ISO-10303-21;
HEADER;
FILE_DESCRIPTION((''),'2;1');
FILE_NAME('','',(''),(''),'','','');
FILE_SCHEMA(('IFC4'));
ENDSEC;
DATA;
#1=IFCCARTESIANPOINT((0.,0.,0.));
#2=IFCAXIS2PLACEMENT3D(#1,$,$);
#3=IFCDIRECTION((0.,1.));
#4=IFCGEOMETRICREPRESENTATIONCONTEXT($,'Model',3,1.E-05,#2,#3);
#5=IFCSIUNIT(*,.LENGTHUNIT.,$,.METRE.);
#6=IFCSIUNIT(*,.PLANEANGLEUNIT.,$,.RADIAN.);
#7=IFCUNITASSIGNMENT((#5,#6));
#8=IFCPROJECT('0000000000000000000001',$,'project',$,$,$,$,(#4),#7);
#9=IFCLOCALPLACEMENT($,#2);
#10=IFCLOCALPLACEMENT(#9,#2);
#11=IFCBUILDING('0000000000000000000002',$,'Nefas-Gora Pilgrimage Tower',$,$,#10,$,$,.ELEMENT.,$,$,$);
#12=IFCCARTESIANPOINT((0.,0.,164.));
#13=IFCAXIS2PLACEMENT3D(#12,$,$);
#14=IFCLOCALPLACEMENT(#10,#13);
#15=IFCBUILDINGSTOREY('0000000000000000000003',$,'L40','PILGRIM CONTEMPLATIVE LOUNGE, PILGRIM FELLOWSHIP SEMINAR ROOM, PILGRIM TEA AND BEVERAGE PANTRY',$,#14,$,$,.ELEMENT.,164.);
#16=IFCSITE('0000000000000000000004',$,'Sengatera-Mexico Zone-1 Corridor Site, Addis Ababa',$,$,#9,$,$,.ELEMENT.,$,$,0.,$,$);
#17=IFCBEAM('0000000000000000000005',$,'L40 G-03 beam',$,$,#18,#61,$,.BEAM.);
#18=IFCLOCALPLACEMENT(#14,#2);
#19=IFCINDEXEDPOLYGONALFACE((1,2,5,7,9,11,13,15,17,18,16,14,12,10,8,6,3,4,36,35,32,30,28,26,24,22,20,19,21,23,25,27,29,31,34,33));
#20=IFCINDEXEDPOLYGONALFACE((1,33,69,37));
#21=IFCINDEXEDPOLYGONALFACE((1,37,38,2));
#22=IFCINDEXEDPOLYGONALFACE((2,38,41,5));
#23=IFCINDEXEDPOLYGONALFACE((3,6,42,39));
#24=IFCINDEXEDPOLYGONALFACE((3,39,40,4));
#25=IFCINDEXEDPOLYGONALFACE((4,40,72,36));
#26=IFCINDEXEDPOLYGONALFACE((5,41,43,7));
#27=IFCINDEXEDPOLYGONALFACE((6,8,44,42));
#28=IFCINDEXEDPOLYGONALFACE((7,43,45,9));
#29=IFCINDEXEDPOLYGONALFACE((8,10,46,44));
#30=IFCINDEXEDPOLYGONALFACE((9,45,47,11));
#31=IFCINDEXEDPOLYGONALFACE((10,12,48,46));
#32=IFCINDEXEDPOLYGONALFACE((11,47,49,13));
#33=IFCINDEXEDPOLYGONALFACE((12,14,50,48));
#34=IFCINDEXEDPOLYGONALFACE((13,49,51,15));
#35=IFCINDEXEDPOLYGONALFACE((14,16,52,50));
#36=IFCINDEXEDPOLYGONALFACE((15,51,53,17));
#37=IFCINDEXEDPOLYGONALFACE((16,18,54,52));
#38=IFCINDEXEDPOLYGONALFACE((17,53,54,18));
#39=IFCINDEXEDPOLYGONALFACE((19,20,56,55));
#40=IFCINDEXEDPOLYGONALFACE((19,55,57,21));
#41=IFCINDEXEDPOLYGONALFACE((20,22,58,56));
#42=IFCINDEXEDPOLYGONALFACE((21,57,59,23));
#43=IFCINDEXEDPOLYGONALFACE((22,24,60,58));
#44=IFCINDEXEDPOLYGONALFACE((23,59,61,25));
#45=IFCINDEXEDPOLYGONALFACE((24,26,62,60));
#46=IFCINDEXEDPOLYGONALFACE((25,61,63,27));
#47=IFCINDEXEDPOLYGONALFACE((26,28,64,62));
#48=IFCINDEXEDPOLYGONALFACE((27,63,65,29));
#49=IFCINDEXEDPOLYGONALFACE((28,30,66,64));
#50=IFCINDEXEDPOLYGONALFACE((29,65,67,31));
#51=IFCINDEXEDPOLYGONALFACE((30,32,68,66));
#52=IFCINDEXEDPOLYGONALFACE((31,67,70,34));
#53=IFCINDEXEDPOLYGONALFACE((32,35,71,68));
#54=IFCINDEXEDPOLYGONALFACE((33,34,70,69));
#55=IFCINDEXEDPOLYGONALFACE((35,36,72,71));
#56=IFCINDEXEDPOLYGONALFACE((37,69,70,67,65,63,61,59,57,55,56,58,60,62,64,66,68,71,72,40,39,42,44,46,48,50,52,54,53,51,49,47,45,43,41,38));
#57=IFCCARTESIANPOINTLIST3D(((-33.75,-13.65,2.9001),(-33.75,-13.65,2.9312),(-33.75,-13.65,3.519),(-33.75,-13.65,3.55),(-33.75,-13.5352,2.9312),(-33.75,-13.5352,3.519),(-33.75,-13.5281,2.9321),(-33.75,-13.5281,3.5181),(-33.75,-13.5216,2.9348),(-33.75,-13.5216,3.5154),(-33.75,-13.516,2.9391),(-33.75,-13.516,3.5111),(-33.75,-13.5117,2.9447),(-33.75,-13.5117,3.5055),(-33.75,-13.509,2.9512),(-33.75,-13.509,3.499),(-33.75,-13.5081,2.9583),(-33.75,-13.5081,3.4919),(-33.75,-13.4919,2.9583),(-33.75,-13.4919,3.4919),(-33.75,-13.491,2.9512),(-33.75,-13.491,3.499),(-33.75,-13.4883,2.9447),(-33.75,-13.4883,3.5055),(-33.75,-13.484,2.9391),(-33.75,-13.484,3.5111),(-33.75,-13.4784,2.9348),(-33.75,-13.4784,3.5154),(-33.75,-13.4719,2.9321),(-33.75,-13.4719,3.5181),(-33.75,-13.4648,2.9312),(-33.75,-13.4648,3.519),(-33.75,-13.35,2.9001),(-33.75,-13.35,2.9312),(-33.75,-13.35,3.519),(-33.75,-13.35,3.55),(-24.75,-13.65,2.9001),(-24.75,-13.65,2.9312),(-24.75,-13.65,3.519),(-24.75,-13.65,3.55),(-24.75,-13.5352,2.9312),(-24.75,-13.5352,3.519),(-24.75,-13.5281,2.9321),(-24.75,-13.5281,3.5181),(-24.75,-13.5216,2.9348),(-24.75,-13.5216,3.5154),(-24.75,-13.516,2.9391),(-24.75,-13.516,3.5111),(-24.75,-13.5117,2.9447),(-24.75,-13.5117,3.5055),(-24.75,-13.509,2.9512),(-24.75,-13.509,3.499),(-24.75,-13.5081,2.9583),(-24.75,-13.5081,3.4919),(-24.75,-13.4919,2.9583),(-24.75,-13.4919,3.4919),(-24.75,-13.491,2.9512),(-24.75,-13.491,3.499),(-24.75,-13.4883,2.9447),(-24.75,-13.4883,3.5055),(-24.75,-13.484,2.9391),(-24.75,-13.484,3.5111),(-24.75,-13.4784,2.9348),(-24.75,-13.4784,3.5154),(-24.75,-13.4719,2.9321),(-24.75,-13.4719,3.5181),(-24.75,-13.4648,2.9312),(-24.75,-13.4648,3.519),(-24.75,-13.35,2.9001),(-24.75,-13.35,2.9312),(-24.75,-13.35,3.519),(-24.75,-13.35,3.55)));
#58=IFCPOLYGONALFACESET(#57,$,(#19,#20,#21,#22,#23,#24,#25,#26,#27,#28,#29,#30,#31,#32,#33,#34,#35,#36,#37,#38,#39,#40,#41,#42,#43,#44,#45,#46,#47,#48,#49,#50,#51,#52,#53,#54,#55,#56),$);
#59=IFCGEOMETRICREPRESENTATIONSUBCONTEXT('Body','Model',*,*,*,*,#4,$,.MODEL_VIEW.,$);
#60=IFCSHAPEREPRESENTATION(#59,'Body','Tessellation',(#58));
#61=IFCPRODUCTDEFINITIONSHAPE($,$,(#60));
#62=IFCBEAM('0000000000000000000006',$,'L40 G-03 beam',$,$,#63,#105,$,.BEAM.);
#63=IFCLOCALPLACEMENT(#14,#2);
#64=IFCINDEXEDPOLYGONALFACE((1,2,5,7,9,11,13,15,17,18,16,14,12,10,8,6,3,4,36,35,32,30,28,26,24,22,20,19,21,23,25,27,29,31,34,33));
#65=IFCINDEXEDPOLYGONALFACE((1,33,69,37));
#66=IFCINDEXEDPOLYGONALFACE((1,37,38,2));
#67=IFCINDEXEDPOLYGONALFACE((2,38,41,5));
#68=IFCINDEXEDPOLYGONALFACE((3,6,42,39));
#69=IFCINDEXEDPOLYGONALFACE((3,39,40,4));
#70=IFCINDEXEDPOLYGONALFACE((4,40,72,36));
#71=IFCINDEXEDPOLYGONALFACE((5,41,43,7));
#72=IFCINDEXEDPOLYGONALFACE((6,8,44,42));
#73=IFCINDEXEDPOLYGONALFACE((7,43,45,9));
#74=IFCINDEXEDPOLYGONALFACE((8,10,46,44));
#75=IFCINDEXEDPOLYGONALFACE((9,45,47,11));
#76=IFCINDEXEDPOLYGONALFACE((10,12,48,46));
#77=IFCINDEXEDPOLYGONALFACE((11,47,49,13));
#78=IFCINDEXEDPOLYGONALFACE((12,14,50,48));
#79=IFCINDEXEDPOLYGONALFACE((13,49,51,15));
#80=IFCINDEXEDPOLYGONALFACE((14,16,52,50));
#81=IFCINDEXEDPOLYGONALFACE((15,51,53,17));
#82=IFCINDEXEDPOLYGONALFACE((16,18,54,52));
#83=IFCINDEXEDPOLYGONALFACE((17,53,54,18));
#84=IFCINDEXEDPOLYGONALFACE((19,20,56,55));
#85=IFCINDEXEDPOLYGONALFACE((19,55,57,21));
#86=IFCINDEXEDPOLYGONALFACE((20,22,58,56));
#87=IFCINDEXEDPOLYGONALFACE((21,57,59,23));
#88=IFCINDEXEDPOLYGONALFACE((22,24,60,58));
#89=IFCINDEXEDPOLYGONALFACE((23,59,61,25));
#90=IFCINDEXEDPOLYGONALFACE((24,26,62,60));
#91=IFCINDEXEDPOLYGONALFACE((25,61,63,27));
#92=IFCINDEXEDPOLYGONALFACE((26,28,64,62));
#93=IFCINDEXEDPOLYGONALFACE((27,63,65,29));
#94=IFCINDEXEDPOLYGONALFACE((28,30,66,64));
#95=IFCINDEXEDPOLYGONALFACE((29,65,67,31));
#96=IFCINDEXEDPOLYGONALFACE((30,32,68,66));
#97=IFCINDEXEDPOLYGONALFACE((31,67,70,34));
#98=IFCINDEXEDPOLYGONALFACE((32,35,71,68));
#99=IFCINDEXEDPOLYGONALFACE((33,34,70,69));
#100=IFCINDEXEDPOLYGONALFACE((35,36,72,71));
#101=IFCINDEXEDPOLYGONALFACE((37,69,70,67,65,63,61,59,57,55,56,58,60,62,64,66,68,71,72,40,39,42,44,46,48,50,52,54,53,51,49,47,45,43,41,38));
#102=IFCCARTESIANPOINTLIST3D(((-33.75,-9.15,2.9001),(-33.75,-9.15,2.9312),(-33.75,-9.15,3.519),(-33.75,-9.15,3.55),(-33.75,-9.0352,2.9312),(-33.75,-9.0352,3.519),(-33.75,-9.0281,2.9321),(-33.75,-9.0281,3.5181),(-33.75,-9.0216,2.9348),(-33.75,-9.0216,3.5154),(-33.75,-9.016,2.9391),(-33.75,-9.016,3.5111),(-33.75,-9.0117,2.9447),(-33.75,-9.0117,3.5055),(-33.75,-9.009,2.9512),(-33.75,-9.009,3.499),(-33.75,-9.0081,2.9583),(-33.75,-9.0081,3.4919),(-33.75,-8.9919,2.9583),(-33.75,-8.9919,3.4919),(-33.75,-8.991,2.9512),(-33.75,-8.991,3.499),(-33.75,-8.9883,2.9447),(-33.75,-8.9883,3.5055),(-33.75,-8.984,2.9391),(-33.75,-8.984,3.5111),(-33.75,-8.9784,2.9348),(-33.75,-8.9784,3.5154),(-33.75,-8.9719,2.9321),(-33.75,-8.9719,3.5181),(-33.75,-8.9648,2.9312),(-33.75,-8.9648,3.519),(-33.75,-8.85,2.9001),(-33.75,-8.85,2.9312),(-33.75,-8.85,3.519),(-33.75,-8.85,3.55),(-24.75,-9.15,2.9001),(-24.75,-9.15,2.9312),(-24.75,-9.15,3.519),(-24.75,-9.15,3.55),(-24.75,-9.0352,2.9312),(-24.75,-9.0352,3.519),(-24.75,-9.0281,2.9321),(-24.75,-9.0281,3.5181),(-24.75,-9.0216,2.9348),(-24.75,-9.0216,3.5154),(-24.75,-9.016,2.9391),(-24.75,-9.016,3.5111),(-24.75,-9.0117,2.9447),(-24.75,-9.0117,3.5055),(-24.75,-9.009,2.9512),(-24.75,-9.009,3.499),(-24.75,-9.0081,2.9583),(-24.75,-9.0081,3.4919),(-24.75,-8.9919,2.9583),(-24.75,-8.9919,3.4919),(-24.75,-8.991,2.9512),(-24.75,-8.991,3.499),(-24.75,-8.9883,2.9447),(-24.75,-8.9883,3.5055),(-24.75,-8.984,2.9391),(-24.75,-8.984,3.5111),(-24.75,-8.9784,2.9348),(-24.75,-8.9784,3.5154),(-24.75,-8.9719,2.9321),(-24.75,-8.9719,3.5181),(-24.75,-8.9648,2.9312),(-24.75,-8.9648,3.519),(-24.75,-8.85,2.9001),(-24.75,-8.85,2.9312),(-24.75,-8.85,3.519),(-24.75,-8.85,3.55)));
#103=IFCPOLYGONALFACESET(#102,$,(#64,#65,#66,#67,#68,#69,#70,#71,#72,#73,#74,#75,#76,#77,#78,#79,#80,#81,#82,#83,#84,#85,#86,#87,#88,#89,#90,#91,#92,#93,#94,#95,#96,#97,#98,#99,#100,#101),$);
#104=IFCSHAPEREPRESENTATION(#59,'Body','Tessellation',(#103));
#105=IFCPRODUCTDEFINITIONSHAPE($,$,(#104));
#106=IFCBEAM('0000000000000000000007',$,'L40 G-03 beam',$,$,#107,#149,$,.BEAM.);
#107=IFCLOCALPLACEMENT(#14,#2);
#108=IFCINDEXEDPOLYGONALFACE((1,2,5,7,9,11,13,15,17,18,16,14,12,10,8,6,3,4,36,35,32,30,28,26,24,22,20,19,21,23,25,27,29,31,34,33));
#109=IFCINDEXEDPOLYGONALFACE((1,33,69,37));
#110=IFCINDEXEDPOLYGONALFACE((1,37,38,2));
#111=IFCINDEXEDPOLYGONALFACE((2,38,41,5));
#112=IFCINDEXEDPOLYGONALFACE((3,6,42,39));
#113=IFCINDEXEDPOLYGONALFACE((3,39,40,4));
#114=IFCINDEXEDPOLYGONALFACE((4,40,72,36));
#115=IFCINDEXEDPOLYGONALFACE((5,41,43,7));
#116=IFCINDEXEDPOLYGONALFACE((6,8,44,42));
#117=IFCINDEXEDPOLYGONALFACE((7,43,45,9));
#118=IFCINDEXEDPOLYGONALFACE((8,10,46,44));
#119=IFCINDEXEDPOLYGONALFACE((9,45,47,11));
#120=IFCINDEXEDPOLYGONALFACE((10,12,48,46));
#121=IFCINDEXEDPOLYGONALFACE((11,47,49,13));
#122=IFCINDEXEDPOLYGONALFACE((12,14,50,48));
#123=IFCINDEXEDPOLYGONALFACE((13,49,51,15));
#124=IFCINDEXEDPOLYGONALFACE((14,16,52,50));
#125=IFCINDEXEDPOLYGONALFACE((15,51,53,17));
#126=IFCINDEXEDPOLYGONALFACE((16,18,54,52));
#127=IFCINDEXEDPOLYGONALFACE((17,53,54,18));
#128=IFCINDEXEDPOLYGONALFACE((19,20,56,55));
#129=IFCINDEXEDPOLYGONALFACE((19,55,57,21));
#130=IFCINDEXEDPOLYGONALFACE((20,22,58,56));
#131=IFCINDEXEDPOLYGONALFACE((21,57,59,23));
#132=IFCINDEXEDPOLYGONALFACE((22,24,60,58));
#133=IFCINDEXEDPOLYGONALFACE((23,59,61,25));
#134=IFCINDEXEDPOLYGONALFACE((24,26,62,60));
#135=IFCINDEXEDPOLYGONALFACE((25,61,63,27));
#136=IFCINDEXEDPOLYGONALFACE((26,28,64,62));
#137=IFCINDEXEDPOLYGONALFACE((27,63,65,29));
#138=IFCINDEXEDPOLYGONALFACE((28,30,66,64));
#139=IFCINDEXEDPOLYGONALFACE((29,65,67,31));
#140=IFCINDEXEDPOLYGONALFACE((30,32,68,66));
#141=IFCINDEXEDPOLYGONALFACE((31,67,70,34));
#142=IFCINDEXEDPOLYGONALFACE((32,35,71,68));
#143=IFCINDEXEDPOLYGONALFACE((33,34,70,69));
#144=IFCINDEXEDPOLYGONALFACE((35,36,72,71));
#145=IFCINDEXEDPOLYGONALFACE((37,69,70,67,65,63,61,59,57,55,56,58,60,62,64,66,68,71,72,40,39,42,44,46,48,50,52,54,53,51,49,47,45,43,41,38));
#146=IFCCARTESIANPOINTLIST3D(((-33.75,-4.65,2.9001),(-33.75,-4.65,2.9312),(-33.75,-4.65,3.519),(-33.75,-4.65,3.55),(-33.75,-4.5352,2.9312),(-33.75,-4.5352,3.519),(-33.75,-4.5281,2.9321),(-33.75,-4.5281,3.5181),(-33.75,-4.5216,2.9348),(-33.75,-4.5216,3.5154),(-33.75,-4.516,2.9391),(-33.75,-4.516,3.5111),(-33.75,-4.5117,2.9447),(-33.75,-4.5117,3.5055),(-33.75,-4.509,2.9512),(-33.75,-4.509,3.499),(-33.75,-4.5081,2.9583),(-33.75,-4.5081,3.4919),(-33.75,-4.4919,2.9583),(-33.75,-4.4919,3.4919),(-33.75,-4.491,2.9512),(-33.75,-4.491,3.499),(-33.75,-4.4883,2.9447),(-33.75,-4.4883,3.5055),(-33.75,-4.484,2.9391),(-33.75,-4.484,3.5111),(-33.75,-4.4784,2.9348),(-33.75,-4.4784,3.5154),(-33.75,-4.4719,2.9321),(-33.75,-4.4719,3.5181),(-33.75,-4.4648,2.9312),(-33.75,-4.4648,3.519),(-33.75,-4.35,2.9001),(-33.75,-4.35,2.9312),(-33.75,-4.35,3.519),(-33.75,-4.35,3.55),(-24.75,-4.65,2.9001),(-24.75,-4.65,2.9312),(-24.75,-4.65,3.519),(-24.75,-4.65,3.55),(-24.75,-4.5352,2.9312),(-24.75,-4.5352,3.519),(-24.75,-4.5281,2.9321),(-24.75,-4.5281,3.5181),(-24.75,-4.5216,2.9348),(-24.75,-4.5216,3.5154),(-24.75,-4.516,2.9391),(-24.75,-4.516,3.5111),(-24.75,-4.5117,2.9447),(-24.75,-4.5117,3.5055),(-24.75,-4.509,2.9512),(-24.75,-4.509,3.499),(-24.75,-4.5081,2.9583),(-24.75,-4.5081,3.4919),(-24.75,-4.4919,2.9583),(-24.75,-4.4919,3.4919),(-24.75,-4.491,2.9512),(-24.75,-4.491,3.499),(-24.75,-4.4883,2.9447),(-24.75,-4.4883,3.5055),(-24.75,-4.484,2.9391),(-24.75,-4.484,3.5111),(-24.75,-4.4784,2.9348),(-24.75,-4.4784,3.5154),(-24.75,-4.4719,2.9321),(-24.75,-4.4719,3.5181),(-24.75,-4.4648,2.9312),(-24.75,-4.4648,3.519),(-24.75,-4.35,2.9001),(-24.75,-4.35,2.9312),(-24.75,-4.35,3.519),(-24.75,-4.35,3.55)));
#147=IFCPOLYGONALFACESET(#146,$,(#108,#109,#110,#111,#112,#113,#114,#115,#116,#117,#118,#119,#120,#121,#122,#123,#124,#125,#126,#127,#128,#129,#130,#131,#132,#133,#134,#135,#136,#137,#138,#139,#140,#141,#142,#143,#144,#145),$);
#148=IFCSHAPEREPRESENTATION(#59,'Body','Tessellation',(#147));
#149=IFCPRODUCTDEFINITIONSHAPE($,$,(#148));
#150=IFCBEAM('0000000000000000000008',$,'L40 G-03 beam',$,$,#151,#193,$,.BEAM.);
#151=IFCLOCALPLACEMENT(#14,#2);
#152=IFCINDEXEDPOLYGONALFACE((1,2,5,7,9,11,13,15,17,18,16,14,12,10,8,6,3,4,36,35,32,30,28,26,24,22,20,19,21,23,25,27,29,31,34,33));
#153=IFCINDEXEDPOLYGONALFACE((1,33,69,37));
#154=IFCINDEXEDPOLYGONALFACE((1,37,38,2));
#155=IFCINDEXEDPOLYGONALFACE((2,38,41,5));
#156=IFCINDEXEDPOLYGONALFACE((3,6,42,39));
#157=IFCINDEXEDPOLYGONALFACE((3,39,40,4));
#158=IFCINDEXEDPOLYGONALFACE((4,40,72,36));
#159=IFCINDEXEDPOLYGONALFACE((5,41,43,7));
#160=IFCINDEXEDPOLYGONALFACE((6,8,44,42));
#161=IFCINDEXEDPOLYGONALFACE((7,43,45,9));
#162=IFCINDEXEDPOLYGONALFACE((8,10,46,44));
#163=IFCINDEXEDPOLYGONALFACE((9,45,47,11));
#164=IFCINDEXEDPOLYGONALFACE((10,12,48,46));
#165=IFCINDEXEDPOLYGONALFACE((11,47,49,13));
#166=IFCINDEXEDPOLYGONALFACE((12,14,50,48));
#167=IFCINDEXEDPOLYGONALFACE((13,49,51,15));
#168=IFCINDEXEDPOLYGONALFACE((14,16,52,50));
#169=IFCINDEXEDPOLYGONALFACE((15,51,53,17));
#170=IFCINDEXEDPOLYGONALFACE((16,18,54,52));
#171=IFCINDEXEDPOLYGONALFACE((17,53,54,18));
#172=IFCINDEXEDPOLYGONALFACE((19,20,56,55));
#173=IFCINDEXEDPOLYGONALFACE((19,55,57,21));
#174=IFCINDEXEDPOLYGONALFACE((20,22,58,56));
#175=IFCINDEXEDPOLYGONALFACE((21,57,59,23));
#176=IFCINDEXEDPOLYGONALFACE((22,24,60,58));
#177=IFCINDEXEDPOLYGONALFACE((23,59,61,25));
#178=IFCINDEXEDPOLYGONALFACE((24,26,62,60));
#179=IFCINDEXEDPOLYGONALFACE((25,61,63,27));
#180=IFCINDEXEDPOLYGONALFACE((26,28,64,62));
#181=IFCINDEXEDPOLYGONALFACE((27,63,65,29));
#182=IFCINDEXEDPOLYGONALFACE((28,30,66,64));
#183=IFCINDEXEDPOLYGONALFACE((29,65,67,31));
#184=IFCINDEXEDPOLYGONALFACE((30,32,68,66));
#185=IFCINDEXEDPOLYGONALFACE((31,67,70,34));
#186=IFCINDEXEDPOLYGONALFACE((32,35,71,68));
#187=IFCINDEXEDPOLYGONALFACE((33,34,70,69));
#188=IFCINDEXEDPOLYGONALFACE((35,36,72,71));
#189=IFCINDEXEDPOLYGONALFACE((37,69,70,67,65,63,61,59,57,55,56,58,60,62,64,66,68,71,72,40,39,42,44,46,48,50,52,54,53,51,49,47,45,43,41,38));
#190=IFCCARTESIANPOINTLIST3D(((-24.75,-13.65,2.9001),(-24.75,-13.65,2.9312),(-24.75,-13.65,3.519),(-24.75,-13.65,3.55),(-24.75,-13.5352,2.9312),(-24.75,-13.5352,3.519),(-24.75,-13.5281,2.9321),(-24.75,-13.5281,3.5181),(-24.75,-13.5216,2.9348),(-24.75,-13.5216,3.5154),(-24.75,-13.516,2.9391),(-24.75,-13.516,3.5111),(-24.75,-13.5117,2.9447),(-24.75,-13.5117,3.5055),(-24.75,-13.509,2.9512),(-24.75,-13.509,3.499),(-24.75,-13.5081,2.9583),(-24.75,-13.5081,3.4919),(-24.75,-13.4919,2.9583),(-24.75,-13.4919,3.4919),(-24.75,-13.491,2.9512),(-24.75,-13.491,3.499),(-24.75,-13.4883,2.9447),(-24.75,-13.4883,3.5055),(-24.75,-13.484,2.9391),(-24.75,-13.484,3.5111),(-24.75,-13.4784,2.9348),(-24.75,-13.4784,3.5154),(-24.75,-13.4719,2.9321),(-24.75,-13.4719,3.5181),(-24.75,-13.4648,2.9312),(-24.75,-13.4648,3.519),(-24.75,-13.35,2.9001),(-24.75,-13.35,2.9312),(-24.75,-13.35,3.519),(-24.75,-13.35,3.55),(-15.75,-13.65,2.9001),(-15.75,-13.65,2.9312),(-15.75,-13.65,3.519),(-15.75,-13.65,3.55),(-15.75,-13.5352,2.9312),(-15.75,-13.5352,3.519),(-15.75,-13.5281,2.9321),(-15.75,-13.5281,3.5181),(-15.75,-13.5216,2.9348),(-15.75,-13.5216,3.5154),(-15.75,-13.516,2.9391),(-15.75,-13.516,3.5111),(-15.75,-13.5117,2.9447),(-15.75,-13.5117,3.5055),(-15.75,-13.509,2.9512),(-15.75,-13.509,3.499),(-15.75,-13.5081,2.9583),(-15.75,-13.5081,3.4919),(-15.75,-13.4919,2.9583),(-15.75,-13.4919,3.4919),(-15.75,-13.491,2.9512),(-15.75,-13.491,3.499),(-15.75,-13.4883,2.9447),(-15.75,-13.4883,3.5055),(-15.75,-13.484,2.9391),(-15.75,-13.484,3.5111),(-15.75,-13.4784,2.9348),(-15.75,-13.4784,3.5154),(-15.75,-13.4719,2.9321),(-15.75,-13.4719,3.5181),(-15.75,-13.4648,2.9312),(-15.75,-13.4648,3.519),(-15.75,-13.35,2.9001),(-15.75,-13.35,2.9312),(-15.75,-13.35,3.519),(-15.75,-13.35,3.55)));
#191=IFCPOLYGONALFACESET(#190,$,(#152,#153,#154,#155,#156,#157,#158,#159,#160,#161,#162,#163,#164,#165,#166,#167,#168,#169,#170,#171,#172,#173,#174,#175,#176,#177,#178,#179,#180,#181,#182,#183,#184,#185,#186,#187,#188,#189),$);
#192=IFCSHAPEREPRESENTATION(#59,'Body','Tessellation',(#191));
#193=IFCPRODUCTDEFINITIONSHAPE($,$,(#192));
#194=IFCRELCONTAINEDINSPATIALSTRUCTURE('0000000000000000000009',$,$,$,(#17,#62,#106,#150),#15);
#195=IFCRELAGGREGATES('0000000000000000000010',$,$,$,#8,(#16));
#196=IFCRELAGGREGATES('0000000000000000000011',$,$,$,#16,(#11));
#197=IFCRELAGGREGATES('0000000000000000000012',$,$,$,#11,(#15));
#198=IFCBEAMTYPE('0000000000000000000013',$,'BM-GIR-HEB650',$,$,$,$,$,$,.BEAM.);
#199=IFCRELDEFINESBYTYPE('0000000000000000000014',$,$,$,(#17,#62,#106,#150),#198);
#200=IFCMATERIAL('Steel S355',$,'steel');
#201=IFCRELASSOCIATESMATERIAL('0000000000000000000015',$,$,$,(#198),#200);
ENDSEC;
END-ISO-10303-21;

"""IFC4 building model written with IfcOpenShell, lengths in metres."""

from ifc_helpers import new_model, si_unit, direction, frame, origin, origin_2d, place, context, subcontext, project, spatial, i_section, extrude, source, transform, mapped, material, material_profile, profile_set, type_object, element, save


model = new_model("IFC4")

# Units and contexts
model_context = context("Model", 3, precision=1e-05, world=origin(), true_north=direction((0.0, 1.0)))
body_context = subcontext(model_context, "Body", "Model", "MODEL_VIEW")
ifc_project = project(units=[si_unit("LENGTHUNIT", "METRE"), si_unit("PLANEANGLEUNIT", "RADIAN")], contexts=[model_context])

# Site, building, storey
site_placement = place(None, origin())
site = spatial("IfcSite", under=ifc_project, at=site_placement, Name="Sengatera-Mexico Zone-1 Corridor Site, Addis Ababa", CompositionType="ELEMENT", RefElevation=0.0)
building_placement = place(site_placement, origin())
building = spatial("IfcBuilding", under=site, at=building_placement, Name="Nefas-Gora Pilgrimage Tower", CompositionType="ELEMENT")
storey_placement = place(building_placement, frame((0.0, 0.0, 164.0)))
storey = spatial("IfcBuildingStorey", under=building, at=storey_placement, Name="L40", Description="PILGRIM CONTEMPLATIVE LOUNGE, PILGRIM FELLOWSHIP SEMINAR ROOM, PILGRIM TEA AND BEVERAGE PANTRY", CompositionType="ELEMENT", Elevation=164.0)

# Beams
ifc_material_1 = material(Name="Steel S355", Category="steel")
ifc_material_profile_1 = material_profile(ifc_material_1, i_section(OverallWidth=0.3, OverallDepth=0.6499, WebThickness=0.0161, FlangeThickness=0.031, FilletRadius=0.0271, at=origin_2d()), Name="HEB 650")
ifc_profile_set_1 = profile_set([ifc_material_profile_1], Name="Steel S355")
beam_type_1 = type_object("IfcBeamType", Name="BM-GIR-HEB650", PredefinedType="BEAM", material=ifc_profile_set_1)
shared_shape_1 = source(origin(), body_context, "Body", "SweptSolid", [
    extrude(i_section(OverallWidth=0.3, OverallDepth=0.6499, WebThickness=0.0161, FlangeThickness=0.031, FilletRadius=0.0271, at=origin_2d()), origin(), (0.0, 0.0, 1.0), 9.0),
])
for number, where, z_axis, x_axis, name in (
    (1, (-33.75, -13.5, 3.2251), (1.0, 0.0, 0.0), (0.0, 1.0, 0.0), "L40 G-03 beam"),
    (2, (-33.75, -9.0, 3.2251), (1.0, 0.0, 0.0), (0.0, 1.0, 0.0), "L40 G-03 beam"),
    (3, (-33.75, -4.5, 3.2251), (1.0, 0.0, 0.0), (0.0, 1.0, 0.0), "L40 G-03 beam"),
    (4, (-24.75, -13.5, 3.2251), (1.0, 0.0, 0.0), (0.0, 1.0, 0.0), "L40 G-03 beam"),
):
    element("IfcBeam", number, at=place(storey_placement, frame(where, z_axis=z_axis, x_axis=x_axis)), inside=storey, type_object=beam_type_1, Name=name, PredefinedType="BEAM", context=body_context, shape_type="MappedRepresentation", body=[
        mapped(shared_shape_1, transform((0.0, 0.0, 0.0), x_axis=(1.0, 0.0, 0.0), y_axis=(0.0, 1.0, 0.0), z_axis=(0.0, 0.0, 1.0), scale=1.0)),
    ])

save(model, "model.ifc")
